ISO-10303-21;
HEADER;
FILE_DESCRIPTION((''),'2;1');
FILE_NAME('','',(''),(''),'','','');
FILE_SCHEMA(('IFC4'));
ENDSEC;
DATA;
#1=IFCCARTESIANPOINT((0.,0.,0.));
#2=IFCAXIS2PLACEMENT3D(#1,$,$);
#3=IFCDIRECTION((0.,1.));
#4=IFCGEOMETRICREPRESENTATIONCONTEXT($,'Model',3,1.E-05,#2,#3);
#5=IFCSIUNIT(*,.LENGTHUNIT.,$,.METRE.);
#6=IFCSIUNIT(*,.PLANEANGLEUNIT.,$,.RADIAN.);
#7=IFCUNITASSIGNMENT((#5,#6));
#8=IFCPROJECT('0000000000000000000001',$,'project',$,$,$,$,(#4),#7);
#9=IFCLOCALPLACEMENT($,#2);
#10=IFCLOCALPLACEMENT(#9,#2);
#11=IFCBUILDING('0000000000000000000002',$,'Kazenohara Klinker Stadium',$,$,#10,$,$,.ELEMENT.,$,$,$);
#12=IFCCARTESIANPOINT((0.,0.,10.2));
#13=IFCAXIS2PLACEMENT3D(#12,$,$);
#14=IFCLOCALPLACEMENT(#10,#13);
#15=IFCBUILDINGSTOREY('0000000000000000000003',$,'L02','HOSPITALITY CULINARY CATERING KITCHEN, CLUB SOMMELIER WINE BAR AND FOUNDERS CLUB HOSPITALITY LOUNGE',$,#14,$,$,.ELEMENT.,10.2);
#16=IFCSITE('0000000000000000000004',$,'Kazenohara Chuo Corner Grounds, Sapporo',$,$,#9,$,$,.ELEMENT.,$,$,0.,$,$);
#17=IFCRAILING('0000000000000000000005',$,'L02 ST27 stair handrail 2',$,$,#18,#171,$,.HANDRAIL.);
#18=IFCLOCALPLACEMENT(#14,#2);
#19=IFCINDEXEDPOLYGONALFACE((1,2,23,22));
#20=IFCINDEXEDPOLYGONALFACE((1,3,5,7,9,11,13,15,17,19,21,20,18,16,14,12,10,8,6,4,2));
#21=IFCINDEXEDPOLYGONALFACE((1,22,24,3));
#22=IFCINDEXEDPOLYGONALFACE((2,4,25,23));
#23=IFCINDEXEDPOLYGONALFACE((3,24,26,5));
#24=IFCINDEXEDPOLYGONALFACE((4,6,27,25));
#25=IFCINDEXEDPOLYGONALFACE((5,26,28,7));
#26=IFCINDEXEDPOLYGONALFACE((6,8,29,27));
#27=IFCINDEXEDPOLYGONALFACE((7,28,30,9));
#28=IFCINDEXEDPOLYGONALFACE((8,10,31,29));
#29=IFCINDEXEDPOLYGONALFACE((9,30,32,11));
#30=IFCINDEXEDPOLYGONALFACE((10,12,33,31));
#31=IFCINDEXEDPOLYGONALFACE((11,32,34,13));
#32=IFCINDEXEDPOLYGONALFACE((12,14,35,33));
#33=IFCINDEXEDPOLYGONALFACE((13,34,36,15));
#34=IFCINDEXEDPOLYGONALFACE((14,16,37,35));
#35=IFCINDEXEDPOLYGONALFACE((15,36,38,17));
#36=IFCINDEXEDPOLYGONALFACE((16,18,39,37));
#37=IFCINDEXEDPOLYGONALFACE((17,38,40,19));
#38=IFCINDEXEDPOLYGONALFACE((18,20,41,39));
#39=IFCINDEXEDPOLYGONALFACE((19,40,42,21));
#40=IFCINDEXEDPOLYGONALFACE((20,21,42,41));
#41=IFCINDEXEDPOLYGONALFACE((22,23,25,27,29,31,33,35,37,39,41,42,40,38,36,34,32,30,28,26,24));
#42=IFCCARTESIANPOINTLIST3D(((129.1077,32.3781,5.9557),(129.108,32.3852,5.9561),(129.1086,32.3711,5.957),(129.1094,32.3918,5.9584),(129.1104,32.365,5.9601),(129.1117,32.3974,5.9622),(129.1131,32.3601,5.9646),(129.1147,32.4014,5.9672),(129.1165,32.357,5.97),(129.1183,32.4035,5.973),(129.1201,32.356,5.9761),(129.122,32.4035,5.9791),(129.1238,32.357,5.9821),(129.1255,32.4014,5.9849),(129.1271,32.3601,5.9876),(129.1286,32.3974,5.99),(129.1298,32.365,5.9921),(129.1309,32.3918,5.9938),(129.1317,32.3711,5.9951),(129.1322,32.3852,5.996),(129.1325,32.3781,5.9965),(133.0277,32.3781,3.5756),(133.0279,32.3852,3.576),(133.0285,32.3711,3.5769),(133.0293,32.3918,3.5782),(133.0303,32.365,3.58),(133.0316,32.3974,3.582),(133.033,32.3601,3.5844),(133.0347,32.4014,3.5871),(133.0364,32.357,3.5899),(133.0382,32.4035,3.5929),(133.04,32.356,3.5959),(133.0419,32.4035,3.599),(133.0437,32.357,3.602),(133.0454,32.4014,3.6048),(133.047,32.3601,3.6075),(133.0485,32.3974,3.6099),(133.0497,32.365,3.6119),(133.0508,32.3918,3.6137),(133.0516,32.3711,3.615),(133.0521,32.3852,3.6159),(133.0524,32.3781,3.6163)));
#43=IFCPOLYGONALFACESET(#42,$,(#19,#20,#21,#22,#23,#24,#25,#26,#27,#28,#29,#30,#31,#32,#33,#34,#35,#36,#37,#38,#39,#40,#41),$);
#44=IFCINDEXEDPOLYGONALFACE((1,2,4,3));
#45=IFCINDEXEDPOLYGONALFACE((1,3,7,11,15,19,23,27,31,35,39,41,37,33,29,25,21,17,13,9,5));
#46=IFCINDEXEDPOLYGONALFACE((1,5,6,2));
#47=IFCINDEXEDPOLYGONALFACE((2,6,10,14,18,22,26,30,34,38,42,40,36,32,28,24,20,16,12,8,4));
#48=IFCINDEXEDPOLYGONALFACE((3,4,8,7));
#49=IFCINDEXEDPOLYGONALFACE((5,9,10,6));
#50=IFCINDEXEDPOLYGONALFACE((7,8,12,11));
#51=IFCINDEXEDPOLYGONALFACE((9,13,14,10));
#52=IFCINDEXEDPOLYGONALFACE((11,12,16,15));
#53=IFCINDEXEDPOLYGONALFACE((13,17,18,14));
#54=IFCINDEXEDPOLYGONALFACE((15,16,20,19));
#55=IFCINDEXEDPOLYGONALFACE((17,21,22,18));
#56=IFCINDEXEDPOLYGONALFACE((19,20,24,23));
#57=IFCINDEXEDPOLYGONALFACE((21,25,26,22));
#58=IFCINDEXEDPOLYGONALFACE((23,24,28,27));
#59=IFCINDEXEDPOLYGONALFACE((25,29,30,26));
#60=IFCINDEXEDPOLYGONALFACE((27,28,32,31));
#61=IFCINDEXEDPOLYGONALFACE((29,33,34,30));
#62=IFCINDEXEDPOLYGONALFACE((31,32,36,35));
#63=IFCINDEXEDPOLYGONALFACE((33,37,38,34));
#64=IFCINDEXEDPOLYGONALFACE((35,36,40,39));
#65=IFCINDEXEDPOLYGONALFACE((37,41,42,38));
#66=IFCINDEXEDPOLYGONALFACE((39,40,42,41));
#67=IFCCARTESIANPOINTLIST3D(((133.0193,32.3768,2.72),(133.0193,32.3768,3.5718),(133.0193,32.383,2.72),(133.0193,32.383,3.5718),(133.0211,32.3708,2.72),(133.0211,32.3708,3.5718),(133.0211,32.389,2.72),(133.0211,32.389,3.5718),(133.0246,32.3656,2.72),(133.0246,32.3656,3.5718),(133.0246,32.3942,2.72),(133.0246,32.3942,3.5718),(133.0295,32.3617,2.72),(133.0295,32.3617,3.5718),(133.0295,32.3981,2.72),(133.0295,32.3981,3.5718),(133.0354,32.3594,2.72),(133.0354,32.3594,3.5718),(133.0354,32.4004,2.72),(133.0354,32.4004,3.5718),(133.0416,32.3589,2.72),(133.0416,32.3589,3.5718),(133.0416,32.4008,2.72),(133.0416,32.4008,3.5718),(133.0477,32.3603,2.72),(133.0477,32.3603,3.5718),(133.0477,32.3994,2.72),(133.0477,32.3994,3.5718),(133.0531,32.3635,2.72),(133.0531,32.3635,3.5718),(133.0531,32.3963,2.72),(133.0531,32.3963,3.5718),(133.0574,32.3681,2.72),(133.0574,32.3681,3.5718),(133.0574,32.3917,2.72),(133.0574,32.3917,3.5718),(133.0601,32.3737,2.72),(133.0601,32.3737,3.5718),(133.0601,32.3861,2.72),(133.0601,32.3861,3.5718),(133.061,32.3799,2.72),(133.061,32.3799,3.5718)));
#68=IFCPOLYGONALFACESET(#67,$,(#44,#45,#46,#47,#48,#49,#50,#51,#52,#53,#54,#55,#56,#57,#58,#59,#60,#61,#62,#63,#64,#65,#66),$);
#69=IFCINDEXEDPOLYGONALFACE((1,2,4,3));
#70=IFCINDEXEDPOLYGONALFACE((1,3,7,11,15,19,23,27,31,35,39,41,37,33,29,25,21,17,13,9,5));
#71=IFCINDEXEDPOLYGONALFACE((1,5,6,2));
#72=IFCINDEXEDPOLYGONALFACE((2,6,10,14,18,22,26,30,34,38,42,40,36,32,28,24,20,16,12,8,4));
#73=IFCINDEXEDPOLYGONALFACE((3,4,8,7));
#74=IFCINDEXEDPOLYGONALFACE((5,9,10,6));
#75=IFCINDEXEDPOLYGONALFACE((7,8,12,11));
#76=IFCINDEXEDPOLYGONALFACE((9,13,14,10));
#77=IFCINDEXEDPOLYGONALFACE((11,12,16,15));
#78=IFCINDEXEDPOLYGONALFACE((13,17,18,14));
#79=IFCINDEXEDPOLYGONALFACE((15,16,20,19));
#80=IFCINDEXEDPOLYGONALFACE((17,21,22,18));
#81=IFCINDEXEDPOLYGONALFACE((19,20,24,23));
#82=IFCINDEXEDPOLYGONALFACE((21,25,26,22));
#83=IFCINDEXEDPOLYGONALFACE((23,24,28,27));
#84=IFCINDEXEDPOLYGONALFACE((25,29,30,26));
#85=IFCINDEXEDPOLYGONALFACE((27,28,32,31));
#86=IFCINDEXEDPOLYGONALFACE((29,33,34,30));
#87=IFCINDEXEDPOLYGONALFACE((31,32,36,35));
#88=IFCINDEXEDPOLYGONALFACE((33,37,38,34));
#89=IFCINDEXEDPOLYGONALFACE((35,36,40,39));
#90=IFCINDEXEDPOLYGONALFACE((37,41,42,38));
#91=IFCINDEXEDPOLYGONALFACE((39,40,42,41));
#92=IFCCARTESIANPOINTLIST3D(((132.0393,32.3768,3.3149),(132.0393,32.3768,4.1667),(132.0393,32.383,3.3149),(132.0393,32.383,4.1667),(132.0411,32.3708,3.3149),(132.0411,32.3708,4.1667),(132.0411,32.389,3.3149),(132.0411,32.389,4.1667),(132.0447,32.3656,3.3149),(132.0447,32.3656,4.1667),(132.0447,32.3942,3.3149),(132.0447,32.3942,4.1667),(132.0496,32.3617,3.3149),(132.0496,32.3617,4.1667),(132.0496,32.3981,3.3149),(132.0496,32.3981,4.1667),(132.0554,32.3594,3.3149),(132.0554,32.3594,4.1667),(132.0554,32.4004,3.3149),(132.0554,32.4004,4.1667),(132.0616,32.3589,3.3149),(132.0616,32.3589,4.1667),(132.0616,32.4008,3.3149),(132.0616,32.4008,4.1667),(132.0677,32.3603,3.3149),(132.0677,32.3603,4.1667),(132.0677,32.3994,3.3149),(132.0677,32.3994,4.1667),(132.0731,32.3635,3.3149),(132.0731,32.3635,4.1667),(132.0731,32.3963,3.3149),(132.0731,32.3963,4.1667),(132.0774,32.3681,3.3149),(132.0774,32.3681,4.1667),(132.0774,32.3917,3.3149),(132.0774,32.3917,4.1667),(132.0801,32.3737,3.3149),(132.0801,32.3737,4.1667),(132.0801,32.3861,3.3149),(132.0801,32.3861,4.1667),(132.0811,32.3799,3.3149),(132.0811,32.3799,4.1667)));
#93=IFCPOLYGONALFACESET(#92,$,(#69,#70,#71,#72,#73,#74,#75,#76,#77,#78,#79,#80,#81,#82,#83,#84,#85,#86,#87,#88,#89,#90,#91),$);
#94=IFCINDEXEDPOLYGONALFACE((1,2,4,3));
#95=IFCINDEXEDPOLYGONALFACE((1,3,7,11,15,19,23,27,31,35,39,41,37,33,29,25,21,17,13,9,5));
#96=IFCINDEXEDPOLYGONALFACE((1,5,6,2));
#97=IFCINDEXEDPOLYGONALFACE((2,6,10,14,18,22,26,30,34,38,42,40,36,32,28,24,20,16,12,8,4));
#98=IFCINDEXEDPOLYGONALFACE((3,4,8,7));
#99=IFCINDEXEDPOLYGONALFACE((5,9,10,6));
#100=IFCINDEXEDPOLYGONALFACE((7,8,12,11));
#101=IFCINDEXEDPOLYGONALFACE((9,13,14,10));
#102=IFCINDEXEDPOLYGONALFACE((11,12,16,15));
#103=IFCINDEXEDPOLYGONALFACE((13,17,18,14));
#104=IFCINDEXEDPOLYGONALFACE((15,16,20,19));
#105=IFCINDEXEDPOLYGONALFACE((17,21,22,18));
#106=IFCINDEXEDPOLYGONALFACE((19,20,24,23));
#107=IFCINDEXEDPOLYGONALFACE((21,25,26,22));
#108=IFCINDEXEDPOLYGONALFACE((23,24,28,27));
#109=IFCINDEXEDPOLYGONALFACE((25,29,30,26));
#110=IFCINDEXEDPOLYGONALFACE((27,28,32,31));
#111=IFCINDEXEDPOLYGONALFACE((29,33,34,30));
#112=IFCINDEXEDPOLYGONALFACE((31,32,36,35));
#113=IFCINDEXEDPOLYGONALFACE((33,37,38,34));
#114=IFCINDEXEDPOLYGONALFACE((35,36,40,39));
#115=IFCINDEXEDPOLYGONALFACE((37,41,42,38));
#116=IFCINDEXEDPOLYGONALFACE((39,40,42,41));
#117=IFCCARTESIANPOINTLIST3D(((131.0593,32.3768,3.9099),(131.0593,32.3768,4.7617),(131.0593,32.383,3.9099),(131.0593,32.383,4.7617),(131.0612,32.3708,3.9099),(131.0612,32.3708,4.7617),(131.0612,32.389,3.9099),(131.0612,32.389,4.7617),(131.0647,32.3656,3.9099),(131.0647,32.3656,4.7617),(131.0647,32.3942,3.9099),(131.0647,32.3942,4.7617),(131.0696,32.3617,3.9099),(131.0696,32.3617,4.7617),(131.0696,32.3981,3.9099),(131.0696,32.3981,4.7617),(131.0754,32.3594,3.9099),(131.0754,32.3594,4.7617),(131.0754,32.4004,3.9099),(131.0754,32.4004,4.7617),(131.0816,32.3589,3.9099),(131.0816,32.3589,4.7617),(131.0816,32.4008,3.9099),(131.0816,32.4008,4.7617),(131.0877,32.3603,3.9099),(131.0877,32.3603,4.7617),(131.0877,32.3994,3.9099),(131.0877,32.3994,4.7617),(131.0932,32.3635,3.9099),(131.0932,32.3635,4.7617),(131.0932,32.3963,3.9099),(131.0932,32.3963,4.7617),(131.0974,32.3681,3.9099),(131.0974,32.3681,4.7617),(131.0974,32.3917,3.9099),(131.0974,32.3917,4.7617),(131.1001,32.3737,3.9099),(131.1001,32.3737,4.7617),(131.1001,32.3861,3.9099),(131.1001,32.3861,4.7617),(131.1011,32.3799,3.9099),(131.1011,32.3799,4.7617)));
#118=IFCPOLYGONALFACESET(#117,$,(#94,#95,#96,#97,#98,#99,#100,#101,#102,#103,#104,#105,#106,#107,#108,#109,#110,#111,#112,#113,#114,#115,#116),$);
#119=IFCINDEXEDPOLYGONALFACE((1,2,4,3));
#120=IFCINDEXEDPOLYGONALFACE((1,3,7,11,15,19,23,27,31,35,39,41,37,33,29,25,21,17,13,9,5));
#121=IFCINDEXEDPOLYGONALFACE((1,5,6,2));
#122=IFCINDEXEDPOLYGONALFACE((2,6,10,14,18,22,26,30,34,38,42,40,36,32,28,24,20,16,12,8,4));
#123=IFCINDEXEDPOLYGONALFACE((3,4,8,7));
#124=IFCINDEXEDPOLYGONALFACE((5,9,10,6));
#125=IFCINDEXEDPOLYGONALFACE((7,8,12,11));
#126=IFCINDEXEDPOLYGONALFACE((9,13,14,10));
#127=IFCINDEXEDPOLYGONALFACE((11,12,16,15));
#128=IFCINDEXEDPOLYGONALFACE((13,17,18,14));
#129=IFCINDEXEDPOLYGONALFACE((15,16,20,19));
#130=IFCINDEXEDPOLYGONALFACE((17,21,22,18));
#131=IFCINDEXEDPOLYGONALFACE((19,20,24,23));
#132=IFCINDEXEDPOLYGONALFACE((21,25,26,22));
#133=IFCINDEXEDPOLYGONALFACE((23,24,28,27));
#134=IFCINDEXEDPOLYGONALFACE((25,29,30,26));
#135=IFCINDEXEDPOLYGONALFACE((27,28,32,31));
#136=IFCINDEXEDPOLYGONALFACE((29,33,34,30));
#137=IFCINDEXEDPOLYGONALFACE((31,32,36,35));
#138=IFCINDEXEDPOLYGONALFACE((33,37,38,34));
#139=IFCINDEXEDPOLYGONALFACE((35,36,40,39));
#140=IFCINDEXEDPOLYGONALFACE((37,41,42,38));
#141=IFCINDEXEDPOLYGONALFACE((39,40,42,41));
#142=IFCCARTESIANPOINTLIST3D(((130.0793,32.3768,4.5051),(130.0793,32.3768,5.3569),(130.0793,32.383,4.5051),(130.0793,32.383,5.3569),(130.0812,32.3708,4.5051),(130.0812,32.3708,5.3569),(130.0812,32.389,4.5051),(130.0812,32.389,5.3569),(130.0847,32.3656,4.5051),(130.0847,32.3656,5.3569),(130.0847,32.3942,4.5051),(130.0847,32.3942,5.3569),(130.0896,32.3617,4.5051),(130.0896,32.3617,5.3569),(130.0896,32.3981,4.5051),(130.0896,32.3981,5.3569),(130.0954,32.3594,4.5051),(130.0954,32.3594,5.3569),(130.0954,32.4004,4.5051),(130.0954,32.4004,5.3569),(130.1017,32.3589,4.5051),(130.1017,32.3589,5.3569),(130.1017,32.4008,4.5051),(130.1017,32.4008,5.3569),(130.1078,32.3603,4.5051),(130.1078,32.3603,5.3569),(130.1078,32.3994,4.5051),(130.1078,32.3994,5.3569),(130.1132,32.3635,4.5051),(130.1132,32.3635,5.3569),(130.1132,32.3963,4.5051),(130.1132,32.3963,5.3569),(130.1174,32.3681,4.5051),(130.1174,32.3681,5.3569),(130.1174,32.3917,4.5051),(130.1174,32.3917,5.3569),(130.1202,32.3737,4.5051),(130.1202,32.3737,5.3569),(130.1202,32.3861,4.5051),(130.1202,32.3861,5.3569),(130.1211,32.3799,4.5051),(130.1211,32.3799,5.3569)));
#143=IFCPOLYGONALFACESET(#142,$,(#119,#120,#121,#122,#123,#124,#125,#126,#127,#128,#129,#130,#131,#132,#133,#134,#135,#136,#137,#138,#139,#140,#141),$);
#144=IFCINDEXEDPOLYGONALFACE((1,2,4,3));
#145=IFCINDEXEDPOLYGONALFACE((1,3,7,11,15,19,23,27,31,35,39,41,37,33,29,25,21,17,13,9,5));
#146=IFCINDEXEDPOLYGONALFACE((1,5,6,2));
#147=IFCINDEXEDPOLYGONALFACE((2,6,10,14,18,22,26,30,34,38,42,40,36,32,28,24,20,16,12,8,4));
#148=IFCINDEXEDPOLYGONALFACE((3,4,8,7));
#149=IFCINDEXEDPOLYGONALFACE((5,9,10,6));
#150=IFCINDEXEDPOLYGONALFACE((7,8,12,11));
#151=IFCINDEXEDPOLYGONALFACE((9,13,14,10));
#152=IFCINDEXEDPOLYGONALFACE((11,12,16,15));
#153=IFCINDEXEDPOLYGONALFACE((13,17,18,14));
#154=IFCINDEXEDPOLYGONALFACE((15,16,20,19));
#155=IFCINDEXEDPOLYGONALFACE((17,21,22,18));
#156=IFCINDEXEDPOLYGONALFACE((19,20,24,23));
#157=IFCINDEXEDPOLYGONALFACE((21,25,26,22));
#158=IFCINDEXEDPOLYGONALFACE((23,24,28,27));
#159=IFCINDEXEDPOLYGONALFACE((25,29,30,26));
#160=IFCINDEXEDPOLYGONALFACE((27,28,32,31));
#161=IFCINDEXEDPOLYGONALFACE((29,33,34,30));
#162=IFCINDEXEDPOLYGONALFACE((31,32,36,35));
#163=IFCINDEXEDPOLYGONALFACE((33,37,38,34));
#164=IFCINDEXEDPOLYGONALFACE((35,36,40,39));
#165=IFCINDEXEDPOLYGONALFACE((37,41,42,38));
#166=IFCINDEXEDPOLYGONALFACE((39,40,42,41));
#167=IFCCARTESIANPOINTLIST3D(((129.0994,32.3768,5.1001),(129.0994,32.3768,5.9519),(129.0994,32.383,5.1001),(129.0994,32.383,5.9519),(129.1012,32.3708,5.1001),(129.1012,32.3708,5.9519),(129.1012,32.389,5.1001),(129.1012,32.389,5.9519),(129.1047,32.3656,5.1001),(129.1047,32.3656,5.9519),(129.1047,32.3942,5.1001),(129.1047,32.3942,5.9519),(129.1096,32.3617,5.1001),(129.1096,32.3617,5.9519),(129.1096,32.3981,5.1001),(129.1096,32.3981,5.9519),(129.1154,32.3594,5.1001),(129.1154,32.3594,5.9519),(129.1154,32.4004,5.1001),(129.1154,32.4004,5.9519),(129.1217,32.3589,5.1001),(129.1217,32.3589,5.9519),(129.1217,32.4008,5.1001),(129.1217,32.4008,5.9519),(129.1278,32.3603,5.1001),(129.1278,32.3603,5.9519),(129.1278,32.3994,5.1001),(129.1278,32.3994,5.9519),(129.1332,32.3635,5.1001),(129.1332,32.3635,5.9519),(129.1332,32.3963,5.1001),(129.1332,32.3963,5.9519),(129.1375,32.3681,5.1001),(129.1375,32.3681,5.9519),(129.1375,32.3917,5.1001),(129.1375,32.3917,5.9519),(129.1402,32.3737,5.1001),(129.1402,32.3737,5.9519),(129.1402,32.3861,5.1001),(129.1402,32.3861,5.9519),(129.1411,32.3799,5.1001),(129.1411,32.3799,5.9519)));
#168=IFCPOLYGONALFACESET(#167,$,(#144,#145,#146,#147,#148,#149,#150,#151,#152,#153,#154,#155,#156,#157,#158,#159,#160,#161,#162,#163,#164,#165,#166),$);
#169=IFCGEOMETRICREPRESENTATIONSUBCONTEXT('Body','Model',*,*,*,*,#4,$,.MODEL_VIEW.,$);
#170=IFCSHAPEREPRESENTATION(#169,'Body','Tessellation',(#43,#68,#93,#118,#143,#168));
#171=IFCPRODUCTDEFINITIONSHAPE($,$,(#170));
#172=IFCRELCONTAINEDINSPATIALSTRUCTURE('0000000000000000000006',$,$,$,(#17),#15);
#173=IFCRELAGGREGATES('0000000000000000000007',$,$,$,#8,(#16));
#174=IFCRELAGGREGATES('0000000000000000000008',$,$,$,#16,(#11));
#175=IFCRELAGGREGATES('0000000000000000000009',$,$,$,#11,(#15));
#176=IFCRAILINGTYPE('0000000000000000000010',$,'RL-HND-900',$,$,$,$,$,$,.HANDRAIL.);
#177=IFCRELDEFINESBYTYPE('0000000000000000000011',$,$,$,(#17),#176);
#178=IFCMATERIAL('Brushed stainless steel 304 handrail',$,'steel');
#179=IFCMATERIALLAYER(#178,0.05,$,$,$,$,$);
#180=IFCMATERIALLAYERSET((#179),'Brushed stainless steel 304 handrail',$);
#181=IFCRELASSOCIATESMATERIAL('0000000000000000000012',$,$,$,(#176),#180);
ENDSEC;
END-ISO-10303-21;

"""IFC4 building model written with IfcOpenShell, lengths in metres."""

from ifc_helpers import new_model, si_unit, direction, frame, origin, origin_2d, place, context, subcontext, project, spatial, circle, extrude, material, layer, layer_set, type_object, element, save


model = new_model("IFC4")

# Units and contexts
model_context = context("Model", 3, precision=1e-05, world=origin(), true_north=direction((0.0, 1.0)))
body_context = subcontext(model_context, "Body", "Model", "MODEL_VIEW")
ifc_project = project(units=[si_unit("LENGTHUNIT", "METRE"), si_unit("PLANEANGLEUNIT", "RADIAN")], contexts=[model_context])

# Site, building, storey
site_placement = place(None, origin())
site = spatial("IfcSite", under=ifc_project, at=site_placement, Name="Kazenohara Chuo Corner Grounds, Sapporo", CompositionType="ELEMENT", RefElevation=0.0)
building_placement = place(site_placement, origin())
building = spatial("IfcBuilding", under=site, at=building_placement, Name="Kazenohara Klinker Stadium", CompositionType="ELEMENT")
storey_placement = place(building_placement, frame((0.0, 0.0, 10.2)))
storey = spatial("IfcBuildingStorey", under=building, at=storey_placement, Name="L02", Description="HOSPITALITY CULINARY CATERING KITCHEN, CLUB SOMMELIER WINE BAR AND FOUNDERS CLUB HOSPITALITY LOUNGE", CompositionType="ELEMENT", Elevation=10.2)

# Railing
ifc_material_1 = material(Name="Brushed stainless steel 304 handrail", Category="steel")
ifc_layer_1 = layer(ifc_material_1, 0.05)
ifc_layer_set_1 = layer_set([ifc_layer_1], Name="Brushed stainless steel 304 handrail")
railing_type_1 = type_object("IfcRailingType", Name="RL-HND-900", PredefinedType="HANDRAIL", material=ifc_layer_set_1)
railing_1_placement = place(storey_placement, frame((133.04, 32.3799, 2.72)))
element("IfcRailing", 1, at=railing_1_placement, inside=storey, type_object=railing_type_1, Name="L02 ST27 stair handrail 2", PredefinedType="HANDRAIL", context=body_context, shape_type="SweptSolid", body=[
    extrude(circle(Radius=0.0239, at=origin_2d()), frame((0.0, 0.0, 0.876), z_axis=(-0.854771, 0.0, 0.519006), x_axis=(0.0, -1.0, 0.0)), (0.0, 0.0, 1.0), 4.5859),
    extrude(circle(Radius=0.021, at=origin_2d()), origin(), (0.0, 0.0, 1.0), 0.8518),
    extrude(circle(Radius=0.021, at=origin_2d()), frame((-0.98, 0.0, 0.595)), (0.0, 0.0, 1.0), 0.8518),
    extrude(circle(Radius=0.021, at=origin_2d()), frame((-1.96, 0.0, 1.1899)), (0.0, 0.0, 1.0), 0.8518),
    extrude(circle(Radius=0.021, at=origin_2d()), frame((-2.9399, 0.0, 1.7852)), (0.0, 0.0, 1.0), 0.8518),
    extrude(circle(Radius=0.021, at=origin_2d()), frame((-3.9199, 0.0, 2.3801)), (0.0, 0.0, 1.0), 0.8518),
])

save(model, "model.ifc")
